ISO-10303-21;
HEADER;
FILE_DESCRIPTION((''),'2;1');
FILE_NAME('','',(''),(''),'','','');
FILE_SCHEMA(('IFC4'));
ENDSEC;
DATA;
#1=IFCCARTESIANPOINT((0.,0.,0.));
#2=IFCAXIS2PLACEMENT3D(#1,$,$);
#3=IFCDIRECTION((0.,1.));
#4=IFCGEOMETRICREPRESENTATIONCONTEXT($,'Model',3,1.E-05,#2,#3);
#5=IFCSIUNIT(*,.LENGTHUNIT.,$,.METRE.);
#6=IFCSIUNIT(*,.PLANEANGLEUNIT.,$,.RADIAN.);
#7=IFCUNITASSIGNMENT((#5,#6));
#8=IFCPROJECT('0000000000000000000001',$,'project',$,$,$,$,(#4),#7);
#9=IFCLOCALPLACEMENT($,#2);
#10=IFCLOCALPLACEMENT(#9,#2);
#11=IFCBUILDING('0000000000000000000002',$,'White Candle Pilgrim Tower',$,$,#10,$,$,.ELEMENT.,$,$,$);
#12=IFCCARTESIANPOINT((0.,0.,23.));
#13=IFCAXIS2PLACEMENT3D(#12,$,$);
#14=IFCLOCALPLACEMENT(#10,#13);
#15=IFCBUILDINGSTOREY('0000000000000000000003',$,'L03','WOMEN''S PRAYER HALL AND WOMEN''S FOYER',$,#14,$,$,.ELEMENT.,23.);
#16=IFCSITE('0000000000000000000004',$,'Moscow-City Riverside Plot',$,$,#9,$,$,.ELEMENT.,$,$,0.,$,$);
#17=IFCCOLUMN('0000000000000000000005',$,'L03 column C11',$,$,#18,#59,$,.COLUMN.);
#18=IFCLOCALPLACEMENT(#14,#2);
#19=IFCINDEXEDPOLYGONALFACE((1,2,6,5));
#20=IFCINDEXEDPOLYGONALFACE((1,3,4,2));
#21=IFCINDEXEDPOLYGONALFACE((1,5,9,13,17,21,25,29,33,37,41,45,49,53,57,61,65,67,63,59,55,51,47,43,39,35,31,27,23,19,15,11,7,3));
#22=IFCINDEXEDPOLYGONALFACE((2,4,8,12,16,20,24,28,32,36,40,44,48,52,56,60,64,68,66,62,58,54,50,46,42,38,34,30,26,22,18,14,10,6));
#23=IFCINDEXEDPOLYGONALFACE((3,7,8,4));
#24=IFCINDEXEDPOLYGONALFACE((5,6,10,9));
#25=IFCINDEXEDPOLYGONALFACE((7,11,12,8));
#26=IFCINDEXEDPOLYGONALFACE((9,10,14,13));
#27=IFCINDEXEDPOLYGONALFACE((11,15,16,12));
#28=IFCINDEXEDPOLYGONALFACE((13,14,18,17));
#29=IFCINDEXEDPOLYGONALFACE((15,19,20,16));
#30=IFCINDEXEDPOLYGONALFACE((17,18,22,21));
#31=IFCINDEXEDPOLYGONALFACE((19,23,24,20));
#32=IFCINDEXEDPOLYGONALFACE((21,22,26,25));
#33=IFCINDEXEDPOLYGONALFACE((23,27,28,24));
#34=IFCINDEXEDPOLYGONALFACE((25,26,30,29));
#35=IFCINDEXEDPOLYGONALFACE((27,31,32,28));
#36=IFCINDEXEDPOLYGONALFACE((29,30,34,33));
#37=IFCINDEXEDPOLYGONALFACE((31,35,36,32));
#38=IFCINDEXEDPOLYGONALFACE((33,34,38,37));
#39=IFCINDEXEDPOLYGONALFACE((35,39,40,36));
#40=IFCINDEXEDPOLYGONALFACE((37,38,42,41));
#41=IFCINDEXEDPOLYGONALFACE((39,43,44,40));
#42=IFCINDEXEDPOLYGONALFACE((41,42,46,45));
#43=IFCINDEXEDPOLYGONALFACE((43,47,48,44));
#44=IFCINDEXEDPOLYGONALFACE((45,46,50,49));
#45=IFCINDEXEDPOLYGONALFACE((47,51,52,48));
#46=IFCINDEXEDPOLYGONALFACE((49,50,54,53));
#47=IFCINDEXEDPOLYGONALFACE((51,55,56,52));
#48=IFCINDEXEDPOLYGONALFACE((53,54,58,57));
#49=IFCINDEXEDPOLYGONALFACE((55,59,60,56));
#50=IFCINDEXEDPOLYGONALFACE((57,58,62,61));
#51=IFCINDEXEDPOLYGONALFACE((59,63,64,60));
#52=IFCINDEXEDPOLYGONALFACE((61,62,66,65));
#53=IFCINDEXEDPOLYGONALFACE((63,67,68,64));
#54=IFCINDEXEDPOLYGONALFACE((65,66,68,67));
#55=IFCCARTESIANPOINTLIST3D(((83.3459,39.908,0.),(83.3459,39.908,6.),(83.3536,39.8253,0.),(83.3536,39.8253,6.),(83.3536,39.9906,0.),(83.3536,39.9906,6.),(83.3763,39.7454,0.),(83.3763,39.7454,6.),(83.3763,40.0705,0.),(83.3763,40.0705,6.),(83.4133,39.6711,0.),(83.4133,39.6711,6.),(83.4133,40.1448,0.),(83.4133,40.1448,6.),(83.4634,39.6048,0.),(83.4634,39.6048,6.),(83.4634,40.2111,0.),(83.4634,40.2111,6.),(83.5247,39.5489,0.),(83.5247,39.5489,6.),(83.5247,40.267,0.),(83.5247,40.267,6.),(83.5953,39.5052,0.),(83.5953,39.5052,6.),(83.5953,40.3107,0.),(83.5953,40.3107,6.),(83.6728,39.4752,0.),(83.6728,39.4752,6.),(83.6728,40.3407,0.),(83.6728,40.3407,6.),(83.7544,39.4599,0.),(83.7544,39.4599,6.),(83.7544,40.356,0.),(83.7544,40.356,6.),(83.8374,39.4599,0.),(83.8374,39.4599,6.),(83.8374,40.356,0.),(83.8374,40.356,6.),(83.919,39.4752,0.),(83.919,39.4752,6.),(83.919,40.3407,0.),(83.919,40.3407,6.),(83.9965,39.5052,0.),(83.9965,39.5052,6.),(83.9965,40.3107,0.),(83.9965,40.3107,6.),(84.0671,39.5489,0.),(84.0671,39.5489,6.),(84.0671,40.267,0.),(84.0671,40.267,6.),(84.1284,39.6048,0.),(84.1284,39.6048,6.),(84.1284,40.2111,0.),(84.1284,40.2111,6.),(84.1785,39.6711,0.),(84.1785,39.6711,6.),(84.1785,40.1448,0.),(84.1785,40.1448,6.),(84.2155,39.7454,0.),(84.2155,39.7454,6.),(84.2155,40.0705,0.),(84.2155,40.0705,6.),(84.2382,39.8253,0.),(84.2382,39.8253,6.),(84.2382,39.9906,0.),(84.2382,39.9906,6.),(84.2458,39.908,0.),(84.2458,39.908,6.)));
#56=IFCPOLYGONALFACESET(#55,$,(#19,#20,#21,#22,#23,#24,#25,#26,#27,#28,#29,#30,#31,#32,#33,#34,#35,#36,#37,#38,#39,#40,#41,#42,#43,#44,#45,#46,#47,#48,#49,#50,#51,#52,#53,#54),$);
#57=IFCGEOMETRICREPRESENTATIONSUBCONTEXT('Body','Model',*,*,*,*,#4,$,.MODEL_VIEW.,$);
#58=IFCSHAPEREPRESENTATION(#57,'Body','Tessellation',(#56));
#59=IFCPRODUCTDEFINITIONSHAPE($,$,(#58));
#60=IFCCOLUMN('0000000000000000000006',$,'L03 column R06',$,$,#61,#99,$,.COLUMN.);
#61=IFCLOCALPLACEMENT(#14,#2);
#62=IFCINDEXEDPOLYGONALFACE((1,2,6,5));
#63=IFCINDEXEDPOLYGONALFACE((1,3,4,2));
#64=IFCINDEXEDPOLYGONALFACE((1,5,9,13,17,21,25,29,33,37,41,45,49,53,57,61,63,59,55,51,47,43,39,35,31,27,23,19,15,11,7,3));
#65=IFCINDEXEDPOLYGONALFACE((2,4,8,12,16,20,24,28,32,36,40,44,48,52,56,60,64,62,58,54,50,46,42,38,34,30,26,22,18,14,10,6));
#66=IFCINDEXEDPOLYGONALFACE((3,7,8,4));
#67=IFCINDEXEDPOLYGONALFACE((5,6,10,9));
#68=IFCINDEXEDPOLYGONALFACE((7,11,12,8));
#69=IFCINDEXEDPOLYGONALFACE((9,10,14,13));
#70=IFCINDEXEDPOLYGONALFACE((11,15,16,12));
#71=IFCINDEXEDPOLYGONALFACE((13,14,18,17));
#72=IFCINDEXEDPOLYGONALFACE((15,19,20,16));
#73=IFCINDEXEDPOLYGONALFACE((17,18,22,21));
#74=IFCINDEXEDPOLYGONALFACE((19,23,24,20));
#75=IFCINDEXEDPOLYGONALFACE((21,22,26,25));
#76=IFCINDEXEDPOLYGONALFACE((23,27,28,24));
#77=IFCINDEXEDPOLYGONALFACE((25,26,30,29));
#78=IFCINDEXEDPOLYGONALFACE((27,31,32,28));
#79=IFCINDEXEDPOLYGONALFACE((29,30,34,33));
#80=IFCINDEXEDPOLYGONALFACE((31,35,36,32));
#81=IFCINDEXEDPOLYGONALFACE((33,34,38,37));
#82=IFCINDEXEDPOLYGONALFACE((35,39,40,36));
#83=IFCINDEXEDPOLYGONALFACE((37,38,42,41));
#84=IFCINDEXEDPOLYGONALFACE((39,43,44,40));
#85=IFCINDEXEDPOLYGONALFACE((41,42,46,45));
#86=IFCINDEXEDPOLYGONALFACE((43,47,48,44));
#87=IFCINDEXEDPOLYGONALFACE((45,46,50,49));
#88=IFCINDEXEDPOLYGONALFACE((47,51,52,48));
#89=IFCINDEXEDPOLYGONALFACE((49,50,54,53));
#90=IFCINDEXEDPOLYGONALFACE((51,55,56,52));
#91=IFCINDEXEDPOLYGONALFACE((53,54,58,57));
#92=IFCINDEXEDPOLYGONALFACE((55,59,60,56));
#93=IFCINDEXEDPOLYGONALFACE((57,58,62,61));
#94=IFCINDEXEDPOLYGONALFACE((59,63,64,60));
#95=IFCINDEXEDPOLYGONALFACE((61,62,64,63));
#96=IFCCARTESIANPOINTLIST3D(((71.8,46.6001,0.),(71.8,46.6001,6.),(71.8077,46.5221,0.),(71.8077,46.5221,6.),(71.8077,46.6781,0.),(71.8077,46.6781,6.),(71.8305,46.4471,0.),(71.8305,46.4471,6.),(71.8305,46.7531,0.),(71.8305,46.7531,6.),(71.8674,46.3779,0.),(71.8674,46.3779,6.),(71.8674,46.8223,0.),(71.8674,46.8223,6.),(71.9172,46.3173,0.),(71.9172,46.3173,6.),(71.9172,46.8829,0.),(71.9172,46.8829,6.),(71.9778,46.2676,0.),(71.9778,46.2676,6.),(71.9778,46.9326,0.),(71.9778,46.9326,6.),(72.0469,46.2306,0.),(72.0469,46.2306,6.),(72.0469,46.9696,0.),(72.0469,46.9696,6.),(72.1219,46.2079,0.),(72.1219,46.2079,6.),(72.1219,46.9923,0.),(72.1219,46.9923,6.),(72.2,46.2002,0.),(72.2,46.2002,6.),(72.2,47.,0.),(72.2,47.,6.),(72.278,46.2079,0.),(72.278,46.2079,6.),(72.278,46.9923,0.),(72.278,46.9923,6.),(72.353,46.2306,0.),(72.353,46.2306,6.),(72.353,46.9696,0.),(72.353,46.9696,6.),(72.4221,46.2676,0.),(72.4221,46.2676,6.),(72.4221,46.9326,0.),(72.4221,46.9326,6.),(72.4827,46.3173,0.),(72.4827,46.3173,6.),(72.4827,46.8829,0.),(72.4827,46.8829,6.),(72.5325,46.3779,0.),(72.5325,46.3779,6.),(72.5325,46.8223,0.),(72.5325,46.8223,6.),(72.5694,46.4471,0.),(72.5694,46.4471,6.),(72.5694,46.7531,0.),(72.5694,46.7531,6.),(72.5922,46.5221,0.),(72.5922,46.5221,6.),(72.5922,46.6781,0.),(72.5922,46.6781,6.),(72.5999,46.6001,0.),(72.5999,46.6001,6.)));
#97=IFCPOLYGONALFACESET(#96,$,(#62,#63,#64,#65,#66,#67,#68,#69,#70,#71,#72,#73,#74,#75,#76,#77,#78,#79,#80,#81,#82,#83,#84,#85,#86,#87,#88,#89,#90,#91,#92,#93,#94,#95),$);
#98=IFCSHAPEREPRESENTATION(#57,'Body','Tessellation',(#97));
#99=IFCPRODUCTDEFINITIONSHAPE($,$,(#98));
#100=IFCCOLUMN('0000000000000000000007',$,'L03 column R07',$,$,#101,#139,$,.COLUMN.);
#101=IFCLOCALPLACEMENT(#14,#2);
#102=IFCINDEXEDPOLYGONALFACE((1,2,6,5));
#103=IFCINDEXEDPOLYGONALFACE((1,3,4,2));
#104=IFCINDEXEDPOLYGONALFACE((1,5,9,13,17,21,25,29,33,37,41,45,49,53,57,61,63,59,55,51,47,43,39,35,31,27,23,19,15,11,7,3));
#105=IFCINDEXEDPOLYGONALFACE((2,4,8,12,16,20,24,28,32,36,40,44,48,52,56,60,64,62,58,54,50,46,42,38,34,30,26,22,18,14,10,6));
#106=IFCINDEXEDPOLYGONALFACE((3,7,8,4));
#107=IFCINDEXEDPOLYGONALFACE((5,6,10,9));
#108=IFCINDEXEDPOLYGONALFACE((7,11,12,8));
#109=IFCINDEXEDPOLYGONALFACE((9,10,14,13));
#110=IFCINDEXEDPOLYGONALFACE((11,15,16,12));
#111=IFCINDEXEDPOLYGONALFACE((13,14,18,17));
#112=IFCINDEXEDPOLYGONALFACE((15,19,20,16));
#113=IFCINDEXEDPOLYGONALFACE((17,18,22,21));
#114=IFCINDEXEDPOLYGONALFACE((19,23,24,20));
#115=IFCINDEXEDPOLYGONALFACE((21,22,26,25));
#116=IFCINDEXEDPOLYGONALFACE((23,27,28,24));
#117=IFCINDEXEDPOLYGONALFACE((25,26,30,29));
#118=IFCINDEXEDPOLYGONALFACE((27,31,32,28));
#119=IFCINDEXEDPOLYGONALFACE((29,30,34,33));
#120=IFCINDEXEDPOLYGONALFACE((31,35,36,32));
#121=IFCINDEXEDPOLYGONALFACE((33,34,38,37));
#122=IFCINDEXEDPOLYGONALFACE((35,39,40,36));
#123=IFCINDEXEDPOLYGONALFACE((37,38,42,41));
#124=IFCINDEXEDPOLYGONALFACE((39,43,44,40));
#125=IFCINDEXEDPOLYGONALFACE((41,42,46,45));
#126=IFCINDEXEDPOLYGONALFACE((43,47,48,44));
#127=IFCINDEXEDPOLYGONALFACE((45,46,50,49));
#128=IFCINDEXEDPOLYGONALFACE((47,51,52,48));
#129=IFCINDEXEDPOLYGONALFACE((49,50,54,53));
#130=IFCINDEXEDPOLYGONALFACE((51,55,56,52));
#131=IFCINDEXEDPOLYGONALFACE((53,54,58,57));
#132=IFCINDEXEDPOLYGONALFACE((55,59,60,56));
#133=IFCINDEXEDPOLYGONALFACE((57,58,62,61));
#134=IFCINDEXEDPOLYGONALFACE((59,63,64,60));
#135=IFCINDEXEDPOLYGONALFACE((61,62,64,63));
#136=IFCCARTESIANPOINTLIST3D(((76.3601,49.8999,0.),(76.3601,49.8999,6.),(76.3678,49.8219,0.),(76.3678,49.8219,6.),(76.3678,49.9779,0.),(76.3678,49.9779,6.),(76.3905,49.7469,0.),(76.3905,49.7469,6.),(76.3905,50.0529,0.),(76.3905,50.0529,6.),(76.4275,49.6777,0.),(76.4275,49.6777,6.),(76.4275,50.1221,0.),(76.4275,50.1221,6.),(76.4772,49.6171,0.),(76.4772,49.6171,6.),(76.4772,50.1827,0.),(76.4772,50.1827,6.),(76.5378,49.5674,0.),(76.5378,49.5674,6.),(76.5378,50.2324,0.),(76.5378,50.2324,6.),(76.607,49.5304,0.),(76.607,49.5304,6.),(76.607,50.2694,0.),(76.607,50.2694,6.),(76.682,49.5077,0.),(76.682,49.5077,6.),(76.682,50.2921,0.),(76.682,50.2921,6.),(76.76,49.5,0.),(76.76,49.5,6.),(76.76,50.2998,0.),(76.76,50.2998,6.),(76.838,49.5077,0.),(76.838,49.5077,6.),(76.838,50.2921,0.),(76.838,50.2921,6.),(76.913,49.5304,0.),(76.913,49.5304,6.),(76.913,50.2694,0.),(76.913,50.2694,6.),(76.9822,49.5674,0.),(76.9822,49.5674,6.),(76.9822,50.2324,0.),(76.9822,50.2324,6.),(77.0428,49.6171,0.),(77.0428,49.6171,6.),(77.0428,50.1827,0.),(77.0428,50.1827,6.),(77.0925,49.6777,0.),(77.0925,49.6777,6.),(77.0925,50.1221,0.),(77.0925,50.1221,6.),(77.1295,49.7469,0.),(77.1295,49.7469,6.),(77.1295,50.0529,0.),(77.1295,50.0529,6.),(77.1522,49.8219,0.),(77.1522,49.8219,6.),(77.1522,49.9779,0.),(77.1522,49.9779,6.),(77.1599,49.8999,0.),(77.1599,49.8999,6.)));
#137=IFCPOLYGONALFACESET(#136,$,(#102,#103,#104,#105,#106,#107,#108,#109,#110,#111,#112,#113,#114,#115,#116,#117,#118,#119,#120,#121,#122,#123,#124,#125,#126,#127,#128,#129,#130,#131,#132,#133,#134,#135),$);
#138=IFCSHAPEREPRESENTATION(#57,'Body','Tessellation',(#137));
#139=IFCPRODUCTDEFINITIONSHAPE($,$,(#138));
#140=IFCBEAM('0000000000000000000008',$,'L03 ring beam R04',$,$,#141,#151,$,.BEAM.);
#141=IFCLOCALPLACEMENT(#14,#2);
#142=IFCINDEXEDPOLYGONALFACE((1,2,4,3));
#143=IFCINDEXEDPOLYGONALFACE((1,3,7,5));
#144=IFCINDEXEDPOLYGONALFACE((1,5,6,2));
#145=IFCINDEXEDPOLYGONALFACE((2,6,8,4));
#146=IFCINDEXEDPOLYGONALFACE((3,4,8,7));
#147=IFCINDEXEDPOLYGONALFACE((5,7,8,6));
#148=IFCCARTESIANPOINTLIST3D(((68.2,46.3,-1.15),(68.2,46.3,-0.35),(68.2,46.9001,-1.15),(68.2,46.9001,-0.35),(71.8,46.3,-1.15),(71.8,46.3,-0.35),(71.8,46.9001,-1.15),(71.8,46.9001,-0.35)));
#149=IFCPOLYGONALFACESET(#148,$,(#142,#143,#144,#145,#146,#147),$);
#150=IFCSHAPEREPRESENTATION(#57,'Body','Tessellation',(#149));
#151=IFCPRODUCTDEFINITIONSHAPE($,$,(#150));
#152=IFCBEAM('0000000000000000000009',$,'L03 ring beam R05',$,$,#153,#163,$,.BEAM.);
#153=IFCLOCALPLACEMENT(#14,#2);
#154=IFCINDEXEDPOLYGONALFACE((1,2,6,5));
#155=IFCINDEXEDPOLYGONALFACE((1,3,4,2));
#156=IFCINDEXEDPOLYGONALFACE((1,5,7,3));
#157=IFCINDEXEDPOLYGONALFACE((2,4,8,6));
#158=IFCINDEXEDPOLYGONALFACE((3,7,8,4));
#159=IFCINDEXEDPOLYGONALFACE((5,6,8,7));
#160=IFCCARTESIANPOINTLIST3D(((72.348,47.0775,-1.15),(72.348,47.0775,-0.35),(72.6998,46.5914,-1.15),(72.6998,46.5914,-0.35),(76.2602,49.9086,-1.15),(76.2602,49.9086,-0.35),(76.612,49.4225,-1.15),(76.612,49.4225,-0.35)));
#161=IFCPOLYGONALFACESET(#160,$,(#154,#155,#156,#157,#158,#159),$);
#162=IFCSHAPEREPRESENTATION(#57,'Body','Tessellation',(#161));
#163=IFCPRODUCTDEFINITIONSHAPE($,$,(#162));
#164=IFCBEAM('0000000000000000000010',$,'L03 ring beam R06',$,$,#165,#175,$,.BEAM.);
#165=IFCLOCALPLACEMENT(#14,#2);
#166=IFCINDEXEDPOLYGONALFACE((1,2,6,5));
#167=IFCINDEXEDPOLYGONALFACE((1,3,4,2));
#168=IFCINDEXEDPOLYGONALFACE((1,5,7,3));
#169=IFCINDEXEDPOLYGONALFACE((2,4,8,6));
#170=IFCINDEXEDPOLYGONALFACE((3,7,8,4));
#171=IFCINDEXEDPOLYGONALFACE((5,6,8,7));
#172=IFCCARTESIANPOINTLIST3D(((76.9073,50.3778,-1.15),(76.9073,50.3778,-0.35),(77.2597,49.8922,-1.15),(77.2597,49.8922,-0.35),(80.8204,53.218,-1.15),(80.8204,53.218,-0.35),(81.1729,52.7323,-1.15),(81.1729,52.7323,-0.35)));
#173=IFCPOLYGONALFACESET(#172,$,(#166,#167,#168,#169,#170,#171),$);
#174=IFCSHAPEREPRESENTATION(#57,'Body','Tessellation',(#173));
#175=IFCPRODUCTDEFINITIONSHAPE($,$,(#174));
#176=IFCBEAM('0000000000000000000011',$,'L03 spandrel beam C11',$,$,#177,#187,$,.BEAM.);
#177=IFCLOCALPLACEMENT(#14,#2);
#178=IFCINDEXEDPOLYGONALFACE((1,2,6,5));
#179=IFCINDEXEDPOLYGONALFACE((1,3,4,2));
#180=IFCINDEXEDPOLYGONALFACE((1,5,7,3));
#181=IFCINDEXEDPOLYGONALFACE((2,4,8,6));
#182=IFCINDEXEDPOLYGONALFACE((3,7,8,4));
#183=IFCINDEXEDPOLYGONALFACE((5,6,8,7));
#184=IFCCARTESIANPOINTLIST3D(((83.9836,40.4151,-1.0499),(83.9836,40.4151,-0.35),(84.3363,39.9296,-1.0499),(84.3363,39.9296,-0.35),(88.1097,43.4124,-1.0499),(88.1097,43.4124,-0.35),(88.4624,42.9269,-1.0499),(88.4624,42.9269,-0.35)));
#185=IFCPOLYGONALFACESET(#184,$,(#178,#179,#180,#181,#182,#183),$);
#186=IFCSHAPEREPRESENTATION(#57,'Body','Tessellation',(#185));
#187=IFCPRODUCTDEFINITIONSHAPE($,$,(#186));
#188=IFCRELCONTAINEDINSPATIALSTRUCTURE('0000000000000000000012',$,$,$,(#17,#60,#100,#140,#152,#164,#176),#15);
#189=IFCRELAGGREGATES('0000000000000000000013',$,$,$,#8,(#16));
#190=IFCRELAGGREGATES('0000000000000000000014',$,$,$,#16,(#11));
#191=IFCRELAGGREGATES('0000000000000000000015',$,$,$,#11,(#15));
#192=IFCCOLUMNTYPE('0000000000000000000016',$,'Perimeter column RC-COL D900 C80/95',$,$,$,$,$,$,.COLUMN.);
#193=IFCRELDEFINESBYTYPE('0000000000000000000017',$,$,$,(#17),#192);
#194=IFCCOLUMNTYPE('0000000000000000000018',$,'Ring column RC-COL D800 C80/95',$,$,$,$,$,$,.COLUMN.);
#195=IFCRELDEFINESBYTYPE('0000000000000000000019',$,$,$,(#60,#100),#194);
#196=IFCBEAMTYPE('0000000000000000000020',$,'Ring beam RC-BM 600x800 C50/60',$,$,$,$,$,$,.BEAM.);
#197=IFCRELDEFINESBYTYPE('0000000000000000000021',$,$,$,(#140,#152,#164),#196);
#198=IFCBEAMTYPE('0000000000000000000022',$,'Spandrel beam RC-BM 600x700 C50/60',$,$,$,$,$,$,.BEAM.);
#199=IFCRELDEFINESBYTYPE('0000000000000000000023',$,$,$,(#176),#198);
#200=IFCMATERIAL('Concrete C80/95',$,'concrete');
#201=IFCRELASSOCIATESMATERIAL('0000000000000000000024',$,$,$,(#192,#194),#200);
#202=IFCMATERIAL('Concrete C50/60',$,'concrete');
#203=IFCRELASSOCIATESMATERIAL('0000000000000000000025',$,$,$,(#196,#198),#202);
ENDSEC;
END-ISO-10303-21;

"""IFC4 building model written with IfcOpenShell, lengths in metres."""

from ifc_helpers import new_model, si_unit, direction, frame, origin, origin_2d, place, context, subcontext, project, spatial, rectangle, circle, extrude, material, material_profile, profile_set, type_object, element, save


model = new_model("IFC4")

# Units and contexts
model_context = context("Model", 3, precision=1e-05, world=origin(), true_north=direction((0.0, 1.0)))
body_context = subcontext(model_context, "Body", "Model", "MODEL_VIEW")
ifc_project = project(units=[si_unit("LENGTHUNIT", "METRE"), si_unit("PLANEANGLEUNIT", "RADIAN")], contexts=[model_context])

# Site, building, storey
site_placement = place(None, origin())
site = spatial("IfcSite", under=ifc_project, at=site_placement, Name="Moscow-City Riverside Plot", CompositionType="ELEMENT", RefElevation=0.0)
building_placement = place(site_placement, origin())
building = spatial("IfcBuilding", under=site, at=building_placement, Name="White Candle Pilgrim Tower", CompositionType="ELEMENT")
storey_placement = place(building_placement, frame((0.0, 0.0, 23.0)))
storey = spatial("IfcBuildingStorey", under=building, at=storey_placement, Name="L03", Description="WOMEN'S PRAYER HALL AND WOMEN'S FOYER", CompositionType="ELEMENT", Elevation=23.0)

# Columns
ifc_material_1 = material(Name="Concrete C80/95", Category="concrete")
ifc_material_profile_1 = material_profile(ifc_material_1, circle(Radius=0.45, at=origin_2d()), Name="RC-COL D900")
ifc_profile_set_1 = profile_set([ifc_material_profile_1], Name="Concrete C80/95")
column_type_1 = type_object("IfcColumnType", Name="Perimeter column RC-COL D900 C80/95", PredefinedType="COLUMN", material=ifc_profile_set_1)
column_placement = place(storey_placement, frame((83.7959, 39.908, 0.0), z_axis=(0.0, 0.0, 1.0), x_axis=(1.0, 0.0, 0.0)))
element("IfcColumn", 1, at=column_placement, inside=storey, type_object=column_type_1, Name="L03 column C11", PredefinedType="COLUMN", context=body_context, shape_type="SweptSolid", body=[
    extrude(circle(Radius=0.45, at=origin_2d()), origin(), (0.0, 0.0, 1.0), 6.0),
])
ifc_material_profile_2 = material_profile(ifc_material_1, circle(Radius=0.3999, at=origin_2d()), Name="RC-COL D800")
ifc_profile_set_2 = profile_set([ifc_material_profile_2], Name="Concrete C80/95")
column_type_2 = type_object("IfcColumnType", Name="Ring column RC-COL D800 C80/95", PredefinedType="COLUMN", material=ifc_profile_set_2)
for number, where, z_axis, x_axis, name in (
    (2, (72.2, 46.6001, 0.0), (0.0, 0.0, 1.0), (1.0, 0.0, 0.0), "L03 column R06"),
    (3, (76.76, 49.8999, 0.0), (0.0, 0.0, 1.0), (1.0, 0.0, 0.0), "L03 column R07"),
):
    element("IfcColumn", number, at=place(storey_placement, frame(where, z_axis=z_axis, x_axis=x_axis)), inside=storey, type_object=column_type_2, Name=name, PredefinedType="COLUMN", context=body_context, shape_type="SweptSolid", body=[
        extrude(circle(Radius=0.3999, at=origin_2d()), origin(), (0.0, 0.0, 1.0), 6.0),
    ])

# Beams
ifc_material_2 = material(Name="Concrete C50/60", Category="concrete")
ifc_material_profile_3 = material_profile(ifc_material_2, rectangle(XDim=0.6001, YDim=0.8, at=origin_2d()), Name="RC-BM 600x800")
ifc_profile_set_3 = profile_set([ifc_material_profile_3], Name="Concrete C50/60")
beam_type_1 = type_object("IfcBeamType", Name="Ring beam RC-BM 600x800 C50/60", PredefinedType="BEAM", material=ifc_profile_set_3)
beam_1_placement = place(storey_placement, frame((68.2, 46.6001, -0.75), z_axis=(1.0, 0.0, 0.0), x_axis=(0.0, 1.0, 0.0)))
element("IfcBeam", 4, at=beam_1_placement, inside=storey, type_object=beam_type_1, Name="L03 ring beam R04", PredefinedType="BEAM", context=body_context, shape_type="SweptSolid", body=[
    extrude(rectangle(XDim=0.6001, YDim=0.8, at=origin_2d()), origin(), (0.0, 0.0, 1.0), 3.6001),
])
beam_2_placement = place(storey_placement, frame((72.5239, 46.8345, -0.75), z_axis=(0.810124, 0.586258, 0.0), x_axis=(-0.586258, 0.810124, 0.0)))
element("IfcBeam", 5, at=beam_2_placement, inside=storey, type_object=beam_type_1, Name="L03 ring beam R05", PredefinedType="BEAM", context=body_context, shape_type="SweptSolid", body=[
    extrude(rectangle(XDim=0.6001, YDim=0.8, at=origin_2d()), origin(), (0.0, 0.0, 1.0), 4.8291),
])
beam_3_placement = place(storey_placement, frame((77.0835, 50.135, -0.75), z_axis=(0.809306, 0.587388, 0.0), x_axis=(-0.587388, 0.809306, 0.0)))
element("IfcBeam", 6, at=beam_3_placement, inside=storey, type_object=beam_type_1, Name="L03 ring beam R06", PredefinedType="BEAM", context=body_context, shape_type="SweptSolid", body=[
    extrude(rectangle(XDim=0.6001, YDim=0.8, at=origin_2d()), origin(), (0.0, 0.0, 1.0), 4.8352),
])
ifc_material_profile_4 = material_profile(ifc_material_2, rectangle(XDim=0.6001, YDim=0.7, at=origin_2d()), Name="RC-BM 600x700")
ifc_profile_set_4 = profile_set([ifc_material_profile_4], Name="Concrete C50/60")
beam_type_2 = type_object("IfcBeamType", Name="Spandrel beam RC-BM 600x700 C50/60", PredefinedType="BEAM", material=ifc_profile_set_4)
beam_4_placement = place(storey_placement, frame((84.1599, 40.1724, -0.7), z_axis=(0.809069, 0.587713, 0.0), x_axis=(-0.587713, 0.809069, 0.0)))
element("IfcBeam", 7, at=beam_4_placement, inside=storey, type_object=beam_type_2, Name="L03 spandrel beam C11", PredefinedType="BEAM", context=body_context, shape_type="SweptSolid", body=[
    extrude(rectangle(XDim=0.6001, YDim=0.7, at=origin_2d()), origin(), (0.0, 0.0, 1.0), 5.0999),
])

save(model, "model.ifc")
